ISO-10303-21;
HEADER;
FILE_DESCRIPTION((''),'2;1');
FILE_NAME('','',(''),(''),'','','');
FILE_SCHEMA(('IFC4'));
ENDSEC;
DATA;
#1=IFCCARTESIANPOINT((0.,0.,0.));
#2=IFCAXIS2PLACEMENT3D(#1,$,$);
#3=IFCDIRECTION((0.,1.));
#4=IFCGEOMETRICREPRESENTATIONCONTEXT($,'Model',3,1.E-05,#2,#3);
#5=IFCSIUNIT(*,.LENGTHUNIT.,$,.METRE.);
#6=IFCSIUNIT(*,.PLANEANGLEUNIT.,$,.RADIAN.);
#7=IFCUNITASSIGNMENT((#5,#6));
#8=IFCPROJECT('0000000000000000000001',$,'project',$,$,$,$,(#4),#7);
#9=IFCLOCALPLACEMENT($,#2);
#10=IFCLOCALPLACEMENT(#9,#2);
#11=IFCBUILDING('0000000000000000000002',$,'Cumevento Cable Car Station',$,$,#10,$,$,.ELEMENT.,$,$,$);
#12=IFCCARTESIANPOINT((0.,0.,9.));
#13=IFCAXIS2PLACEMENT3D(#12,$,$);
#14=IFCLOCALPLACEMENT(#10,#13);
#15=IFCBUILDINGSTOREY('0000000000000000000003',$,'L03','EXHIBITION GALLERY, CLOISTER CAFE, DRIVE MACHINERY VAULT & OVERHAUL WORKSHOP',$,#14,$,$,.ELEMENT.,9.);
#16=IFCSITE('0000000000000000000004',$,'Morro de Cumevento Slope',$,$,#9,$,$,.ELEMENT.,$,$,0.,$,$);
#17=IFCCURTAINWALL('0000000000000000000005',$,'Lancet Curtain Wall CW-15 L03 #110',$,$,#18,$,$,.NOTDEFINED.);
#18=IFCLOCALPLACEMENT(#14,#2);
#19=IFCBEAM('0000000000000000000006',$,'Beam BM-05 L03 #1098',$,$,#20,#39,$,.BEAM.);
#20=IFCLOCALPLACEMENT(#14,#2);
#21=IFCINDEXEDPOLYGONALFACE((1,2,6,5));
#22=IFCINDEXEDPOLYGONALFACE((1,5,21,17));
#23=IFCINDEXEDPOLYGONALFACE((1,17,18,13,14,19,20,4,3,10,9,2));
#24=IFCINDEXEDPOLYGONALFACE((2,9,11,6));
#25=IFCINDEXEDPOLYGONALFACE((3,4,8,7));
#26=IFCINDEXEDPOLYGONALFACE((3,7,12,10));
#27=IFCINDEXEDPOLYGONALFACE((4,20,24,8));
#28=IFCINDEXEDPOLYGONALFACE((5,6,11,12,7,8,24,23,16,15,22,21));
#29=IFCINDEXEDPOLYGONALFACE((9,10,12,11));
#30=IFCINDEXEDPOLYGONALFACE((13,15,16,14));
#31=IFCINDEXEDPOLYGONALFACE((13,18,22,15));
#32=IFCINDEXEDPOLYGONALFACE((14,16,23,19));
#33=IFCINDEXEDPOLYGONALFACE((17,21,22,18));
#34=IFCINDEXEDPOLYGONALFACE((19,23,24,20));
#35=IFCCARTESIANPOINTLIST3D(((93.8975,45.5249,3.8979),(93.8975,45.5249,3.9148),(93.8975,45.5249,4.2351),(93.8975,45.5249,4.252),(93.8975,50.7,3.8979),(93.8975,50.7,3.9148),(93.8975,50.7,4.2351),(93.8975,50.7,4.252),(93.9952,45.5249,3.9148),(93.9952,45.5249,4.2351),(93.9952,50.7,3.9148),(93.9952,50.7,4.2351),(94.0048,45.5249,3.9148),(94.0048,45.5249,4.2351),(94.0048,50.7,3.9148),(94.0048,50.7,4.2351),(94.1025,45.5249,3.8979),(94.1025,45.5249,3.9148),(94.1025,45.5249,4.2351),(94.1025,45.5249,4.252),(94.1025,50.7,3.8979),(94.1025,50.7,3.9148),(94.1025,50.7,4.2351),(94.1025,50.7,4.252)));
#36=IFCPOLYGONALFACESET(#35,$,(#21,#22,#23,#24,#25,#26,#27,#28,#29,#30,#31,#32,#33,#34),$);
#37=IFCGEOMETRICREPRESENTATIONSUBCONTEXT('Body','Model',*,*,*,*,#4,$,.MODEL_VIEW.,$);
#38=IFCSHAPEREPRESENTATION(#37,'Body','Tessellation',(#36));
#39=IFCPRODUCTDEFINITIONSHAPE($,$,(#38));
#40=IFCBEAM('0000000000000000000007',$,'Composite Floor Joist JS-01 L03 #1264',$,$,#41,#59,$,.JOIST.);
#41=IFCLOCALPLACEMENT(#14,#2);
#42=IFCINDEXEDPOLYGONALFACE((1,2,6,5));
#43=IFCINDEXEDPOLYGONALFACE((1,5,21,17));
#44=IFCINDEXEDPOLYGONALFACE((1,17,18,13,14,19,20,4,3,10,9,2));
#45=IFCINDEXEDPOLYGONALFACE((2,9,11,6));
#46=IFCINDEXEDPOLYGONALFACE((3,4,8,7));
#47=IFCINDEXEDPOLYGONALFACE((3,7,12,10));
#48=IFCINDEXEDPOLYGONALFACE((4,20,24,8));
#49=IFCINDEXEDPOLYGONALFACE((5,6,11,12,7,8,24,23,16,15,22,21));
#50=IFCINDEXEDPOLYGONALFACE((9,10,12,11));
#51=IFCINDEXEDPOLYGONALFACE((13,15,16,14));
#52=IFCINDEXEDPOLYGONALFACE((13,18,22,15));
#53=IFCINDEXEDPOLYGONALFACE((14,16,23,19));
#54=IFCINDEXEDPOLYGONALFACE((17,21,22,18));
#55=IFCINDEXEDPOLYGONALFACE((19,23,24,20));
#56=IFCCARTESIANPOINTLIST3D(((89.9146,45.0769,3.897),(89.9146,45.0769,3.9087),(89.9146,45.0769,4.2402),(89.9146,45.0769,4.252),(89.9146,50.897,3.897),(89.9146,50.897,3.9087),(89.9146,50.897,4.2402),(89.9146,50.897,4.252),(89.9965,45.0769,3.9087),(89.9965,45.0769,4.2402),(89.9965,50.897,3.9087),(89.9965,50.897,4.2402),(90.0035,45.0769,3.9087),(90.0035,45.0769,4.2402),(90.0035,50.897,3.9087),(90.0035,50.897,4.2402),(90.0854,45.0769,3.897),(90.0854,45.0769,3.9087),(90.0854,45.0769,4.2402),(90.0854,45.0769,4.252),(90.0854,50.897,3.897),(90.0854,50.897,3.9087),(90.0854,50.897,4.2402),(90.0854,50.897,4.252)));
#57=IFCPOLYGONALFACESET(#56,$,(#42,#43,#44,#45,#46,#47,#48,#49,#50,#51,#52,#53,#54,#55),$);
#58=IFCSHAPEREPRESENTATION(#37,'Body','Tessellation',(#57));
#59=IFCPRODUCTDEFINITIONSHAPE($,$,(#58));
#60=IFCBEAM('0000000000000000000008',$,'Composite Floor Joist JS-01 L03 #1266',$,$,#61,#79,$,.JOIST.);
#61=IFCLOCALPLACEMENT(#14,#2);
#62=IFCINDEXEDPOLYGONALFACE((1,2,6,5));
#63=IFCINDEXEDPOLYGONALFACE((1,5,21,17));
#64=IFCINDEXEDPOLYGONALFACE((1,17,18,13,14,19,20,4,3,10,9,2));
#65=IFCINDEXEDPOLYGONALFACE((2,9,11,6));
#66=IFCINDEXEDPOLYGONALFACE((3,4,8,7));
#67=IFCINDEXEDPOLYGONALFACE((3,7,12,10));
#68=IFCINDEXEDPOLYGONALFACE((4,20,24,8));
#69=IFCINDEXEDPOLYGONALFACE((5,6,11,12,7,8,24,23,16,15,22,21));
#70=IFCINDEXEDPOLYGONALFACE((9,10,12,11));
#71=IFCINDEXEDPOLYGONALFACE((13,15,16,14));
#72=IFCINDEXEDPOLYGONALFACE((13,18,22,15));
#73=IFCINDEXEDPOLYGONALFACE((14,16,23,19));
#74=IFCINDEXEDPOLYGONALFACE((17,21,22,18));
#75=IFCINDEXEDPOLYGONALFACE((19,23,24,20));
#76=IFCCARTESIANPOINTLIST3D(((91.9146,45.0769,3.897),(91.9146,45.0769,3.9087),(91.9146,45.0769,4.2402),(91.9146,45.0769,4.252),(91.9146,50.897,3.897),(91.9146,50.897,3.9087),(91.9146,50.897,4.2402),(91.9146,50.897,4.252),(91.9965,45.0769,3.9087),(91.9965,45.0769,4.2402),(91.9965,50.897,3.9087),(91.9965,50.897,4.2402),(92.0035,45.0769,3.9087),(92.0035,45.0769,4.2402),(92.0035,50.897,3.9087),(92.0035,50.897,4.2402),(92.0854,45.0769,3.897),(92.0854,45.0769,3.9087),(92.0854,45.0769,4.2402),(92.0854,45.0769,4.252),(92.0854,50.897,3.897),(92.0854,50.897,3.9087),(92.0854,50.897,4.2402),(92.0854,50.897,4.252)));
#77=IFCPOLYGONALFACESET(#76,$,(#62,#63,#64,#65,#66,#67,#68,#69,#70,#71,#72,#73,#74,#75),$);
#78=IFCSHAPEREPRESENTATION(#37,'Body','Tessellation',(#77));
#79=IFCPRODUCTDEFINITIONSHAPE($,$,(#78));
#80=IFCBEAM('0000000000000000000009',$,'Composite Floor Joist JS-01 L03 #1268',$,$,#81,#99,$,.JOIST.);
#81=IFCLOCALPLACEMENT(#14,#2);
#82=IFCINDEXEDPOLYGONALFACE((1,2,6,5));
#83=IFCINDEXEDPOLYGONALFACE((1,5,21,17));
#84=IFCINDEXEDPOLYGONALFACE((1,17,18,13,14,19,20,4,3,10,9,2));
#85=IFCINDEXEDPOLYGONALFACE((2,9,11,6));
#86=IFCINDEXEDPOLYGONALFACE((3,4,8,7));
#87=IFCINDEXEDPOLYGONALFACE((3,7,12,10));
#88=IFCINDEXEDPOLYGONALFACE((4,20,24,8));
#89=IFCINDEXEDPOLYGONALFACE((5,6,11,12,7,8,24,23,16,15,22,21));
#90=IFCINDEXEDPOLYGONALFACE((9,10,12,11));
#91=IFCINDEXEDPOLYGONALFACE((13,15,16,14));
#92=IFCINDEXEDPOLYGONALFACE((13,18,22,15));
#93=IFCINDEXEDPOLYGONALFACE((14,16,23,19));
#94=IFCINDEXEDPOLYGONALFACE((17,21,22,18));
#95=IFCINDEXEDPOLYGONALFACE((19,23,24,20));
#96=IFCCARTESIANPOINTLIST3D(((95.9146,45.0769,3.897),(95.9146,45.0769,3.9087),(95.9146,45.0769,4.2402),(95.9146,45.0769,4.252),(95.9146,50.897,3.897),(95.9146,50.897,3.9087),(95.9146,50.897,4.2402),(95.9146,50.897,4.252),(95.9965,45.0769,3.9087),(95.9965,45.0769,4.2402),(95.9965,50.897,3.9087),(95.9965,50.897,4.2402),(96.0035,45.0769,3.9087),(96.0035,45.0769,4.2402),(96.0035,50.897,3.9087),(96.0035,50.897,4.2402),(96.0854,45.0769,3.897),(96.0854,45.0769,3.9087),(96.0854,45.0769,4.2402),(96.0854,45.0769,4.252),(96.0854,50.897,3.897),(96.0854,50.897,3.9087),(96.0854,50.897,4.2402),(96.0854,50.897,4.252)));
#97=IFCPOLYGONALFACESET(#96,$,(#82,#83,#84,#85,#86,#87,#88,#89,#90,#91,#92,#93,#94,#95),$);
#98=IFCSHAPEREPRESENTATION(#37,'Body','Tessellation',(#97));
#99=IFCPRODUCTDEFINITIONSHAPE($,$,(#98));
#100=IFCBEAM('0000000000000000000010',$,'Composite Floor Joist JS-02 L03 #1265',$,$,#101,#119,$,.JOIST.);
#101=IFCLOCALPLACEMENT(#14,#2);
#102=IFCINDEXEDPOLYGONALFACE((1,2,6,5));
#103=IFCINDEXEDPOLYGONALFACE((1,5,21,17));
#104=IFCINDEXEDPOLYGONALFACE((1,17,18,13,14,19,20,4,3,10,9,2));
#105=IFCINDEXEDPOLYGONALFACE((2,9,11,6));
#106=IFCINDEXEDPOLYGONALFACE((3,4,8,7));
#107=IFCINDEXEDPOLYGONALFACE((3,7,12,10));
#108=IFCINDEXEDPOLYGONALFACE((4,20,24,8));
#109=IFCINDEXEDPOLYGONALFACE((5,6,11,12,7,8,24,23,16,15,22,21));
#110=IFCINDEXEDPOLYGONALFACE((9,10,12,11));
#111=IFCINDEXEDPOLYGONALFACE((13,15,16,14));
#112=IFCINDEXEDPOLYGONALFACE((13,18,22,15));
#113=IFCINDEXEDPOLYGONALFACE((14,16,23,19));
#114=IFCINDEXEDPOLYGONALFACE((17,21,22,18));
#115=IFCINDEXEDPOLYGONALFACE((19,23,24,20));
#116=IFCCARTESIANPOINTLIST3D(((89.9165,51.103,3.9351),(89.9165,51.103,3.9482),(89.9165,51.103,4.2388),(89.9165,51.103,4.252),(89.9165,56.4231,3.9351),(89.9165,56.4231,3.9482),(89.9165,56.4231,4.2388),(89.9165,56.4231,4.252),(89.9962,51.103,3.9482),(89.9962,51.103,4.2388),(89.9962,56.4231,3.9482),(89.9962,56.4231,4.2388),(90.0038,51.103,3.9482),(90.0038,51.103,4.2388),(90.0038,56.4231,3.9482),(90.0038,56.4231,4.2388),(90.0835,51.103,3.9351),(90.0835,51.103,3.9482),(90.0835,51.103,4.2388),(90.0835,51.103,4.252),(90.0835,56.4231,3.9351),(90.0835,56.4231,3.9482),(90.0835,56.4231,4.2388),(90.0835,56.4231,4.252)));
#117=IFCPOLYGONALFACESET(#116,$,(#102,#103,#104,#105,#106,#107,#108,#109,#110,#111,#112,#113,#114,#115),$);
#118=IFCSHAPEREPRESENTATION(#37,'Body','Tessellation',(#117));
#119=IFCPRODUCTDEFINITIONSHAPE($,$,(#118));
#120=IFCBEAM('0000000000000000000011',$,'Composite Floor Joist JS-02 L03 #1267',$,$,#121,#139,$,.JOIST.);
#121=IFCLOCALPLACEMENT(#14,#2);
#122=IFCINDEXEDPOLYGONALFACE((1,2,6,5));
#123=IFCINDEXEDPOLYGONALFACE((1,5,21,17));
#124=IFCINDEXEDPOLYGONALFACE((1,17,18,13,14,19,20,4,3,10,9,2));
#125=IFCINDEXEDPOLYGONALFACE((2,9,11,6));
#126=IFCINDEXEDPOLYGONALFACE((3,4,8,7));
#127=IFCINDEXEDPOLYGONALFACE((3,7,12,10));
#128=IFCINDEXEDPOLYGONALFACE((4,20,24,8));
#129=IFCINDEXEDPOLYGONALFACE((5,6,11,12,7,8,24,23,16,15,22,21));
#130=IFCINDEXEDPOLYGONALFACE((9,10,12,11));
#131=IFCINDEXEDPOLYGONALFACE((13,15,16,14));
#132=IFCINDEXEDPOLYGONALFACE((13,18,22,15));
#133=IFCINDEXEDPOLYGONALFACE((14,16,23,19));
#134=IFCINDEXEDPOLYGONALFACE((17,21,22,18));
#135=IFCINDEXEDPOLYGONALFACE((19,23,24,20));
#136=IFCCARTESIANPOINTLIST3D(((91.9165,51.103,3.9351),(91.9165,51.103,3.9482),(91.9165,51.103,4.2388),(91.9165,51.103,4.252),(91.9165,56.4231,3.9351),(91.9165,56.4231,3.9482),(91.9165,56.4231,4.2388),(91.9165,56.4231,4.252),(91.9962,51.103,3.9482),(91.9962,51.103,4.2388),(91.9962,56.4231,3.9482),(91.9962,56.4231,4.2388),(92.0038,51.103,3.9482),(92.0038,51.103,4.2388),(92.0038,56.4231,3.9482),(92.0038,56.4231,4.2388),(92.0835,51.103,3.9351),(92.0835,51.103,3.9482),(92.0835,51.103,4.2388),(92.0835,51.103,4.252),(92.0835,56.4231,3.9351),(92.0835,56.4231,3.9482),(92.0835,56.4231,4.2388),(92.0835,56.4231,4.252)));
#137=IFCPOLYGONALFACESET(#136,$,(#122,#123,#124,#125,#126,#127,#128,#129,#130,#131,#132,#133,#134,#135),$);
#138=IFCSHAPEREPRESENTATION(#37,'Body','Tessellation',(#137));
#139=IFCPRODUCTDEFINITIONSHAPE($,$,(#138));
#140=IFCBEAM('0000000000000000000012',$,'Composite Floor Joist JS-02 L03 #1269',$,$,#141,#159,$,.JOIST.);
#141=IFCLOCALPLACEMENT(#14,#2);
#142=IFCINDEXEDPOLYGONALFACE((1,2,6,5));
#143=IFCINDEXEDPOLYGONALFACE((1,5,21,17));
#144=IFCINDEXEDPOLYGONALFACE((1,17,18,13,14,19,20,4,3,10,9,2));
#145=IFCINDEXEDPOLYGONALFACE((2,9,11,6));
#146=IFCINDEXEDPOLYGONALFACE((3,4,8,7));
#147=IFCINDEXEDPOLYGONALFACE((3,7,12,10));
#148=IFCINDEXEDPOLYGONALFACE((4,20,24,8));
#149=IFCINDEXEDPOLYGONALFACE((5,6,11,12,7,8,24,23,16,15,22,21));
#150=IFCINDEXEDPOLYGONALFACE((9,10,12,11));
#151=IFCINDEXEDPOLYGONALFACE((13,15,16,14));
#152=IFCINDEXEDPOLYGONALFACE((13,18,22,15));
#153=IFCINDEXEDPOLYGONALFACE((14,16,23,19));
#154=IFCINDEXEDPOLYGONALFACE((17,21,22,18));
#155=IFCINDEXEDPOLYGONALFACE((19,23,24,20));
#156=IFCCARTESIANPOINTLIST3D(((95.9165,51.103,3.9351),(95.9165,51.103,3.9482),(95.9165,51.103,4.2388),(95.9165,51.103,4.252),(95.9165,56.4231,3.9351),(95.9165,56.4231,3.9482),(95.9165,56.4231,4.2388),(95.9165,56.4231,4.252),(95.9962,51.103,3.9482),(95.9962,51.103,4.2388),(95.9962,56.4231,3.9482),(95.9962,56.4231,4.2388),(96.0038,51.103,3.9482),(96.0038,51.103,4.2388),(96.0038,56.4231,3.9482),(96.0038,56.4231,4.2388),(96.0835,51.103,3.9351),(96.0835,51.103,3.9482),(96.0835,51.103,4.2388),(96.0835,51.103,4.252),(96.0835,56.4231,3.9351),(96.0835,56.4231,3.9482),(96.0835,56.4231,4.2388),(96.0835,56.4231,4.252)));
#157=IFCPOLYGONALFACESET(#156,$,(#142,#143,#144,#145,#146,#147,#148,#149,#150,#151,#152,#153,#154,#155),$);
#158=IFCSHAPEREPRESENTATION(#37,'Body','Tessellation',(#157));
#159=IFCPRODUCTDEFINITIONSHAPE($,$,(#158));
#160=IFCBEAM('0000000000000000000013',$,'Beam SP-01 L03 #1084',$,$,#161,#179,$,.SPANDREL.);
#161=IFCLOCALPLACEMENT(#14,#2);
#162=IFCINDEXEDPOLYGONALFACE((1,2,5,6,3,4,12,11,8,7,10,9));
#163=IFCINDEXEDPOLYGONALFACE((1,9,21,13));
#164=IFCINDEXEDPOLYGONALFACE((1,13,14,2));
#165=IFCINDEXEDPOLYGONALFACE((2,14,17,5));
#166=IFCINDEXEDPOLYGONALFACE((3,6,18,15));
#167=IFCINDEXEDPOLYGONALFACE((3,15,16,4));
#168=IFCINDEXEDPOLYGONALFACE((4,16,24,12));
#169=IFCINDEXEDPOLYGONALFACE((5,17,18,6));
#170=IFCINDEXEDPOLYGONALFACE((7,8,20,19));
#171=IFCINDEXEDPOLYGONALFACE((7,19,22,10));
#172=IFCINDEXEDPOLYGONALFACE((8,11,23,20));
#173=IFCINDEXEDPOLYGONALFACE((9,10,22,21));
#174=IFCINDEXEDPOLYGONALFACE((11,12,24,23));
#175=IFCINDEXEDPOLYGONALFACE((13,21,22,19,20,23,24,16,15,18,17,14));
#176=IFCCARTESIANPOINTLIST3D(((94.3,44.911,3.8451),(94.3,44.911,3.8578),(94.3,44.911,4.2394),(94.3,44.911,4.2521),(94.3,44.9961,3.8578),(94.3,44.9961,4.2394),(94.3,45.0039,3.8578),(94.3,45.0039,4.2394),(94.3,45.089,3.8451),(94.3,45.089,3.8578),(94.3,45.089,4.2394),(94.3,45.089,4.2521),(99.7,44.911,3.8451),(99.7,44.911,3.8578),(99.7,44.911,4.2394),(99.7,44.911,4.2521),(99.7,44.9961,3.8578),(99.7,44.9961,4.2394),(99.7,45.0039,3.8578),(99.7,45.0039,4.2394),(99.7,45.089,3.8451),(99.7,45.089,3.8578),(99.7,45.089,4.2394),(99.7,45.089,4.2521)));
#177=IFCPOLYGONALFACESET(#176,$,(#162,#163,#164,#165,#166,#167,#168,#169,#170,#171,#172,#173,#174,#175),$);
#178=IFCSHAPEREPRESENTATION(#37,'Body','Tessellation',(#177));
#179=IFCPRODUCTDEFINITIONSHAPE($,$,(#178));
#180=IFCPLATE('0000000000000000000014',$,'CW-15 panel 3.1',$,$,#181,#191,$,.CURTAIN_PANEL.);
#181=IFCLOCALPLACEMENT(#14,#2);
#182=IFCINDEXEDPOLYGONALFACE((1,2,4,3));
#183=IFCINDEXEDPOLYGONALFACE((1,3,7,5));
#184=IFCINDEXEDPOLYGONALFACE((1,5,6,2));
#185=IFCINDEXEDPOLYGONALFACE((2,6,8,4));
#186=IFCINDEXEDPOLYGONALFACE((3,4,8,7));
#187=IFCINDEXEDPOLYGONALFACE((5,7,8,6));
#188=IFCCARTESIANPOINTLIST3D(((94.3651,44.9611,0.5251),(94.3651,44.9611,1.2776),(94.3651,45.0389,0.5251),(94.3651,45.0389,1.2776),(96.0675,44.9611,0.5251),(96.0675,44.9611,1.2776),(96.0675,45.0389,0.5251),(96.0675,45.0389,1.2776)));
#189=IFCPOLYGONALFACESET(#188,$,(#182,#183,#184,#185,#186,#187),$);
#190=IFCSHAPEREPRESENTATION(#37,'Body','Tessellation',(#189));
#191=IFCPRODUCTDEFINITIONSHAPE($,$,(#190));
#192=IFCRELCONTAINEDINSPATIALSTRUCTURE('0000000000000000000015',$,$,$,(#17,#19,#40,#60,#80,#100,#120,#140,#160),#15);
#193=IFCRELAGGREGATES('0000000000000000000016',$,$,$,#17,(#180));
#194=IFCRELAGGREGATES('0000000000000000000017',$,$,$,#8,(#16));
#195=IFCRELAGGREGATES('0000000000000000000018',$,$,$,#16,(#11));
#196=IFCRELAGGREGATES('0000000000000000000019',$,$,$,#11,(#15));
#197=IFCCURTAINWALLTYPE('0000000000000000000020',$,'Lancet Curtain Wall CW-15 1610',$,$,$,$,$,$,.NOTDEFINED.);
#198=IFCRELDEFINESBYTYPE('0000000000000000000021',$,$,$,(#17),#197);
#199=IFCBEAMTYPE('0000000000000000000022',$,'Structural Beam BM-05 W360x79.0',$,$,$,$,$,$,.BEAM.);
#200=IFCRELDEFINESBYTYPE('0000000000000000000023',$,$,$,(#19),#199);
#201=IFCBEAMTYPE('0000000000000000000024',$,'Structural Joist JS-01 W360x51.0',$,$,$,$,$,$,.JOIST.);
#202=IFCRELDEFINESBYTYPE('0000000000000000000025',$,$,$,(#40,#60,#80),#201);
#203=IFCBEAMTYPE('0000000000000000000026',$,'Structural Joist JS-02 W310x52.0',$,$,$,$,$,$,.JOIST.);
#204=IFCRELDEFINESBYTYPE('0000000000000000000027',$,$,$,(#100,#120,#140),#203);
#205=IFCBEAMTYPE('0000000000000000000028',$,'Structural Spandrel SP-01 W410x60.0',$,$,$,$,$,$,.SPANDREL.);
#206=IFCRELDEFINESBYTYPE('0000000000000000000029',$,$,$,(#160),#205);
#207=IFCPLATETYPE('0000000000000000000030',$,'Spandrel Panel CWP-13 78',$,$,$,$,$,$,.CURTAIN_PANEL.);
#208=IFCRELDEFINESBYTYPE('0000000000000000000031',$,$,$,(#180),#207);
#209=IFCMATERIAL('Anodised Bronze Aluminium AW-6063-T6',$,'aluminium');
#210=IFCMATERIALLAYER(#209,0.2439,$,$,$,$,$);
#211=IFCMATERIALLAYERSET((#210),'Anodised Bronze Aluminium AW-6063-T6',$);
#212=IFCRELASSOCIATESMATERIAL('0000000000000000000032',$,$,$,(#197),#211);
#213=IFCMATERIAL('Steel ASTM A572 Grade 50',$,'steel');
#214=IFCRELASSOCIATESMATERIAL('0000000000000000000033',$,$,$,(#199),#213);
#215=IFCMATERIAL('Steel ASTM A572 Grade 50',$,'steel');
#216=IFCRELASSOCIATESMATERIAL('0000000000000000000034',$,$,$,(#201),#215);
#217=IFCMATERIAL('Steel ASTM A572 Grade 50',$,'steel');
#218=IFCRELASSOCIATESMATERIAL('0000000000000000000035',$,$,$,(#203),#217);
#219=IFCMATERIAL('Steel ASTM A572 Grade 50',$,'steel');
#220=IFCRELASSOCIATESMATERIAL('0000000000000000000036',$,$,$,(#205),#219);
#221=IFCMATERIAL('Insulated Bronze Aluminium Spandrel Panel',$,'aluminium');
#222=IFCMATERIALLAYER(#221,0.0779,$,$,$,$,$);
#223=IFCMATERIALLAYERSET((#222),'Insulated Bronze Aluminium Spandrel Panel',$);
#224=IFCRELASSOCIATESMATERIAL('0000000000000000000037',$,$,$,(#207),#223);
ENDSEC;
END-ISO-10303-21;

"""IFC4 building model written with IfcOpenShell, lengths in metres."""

from ifc_helpers import new_model, si_unit, direction, frame, origin, origin_2d, place, context, subcontext, project, spatial, rectangle, i_section, extrude, material, layer, layer_set, material_profile, profile_set, type_object, element, aggregate, save


model = new_model("IFC4")

# Units and contexts
model_context = context("Model", 3, precision=1e-05, world=origin(), true_north=direction((0.0, 1.0)))
body_context = subcontext(model_context, "Body", "Model", "MODEL_VIEW")
ifc_project = project(units=[si_unit("LENGTHUNIT", "METRE"), si_unit("PLANEANGLEUNIT", "RADIAN")], contexts=[model_context])

# Site, building, storey
site_placement = place(None, origin())
site = spatial("IfcSite", under=ifc_project, at=site_placement, Name="Morro de Cumevento Slope", CompositionType="ELEMENT", RefElevation=0.0)
building_placement = place(site_placement, origin())
building = spatial("IfcBuilding", under=site, at=building_placement, Name="Cumevento Cable Car Station", CompositionType="ELEMENT")
storey_placement = place(building_placement, frame((0.0, 0.0, 9.0)))
storey = spatial("IfcBuildingStorey", under=building, at=storey_placement, Name="L03", Description="EXHIBITION GALLERY, CLOISTER CAFE, DRIVE MACHINERY VAULT & OVERHAUL WORKSHOP", CompositionType="ELEMENT", Elevation=9.0)

# Curtain wall
ifc_material_1 = material(Name="Anodised Bronze Aluminium AW-6063-T6", Category="aluminium")
ifc_layer_1 = layer(ifc_material_1, 0.2439)
ifc_layer_set_1 = layer_set([ifc_layer_1], Name="Anodised Bronze Aluminium AW-6063-T6")
curtain_wall_type = type_object("IfcCurtainWallType", Name="Lancet Curtain Wall CW-15 1610", PredefinedType="NOTDEFINED", material=ifc_layer_set_1)
curtain_wall_placement = place(storey_placement, origin())
curtain_wall = element("IfcCurtainWall", 1, at=curtain_wall_placement, inside=storey, type_object=curtain_wall_type, Name="Lancet Curtain Wall CW-15 L03 #110", PredefinedType="NOTDEFINED")

# Beams
ifc_material_2 = material(Name="Steel ASTM A572 Grade 50", Category="steel")
ifc_material_profile_1 = material_profile(ifc_material_2, i_section(OverallWidth=0.2051, OverallDepth=0.354, WebThickness=0.0095, FlangeThickness=0.0168, at=origin_2d()), Name="W360x79.0")
ifc_profile_set_1 = profile_set([ifc_material_profile_1], Name="Steel ASTM A572 Grade 50")
beam_type_1 = type_object("IfcBeamType", Name="Structural Beam BM-05 W360x79.0", PredefinedType="BEAM", material=ifc_profile_set_1)
beam_1_placement = place(storey_placement, frame((94.0, 45.5249, 4.075), z_axis=(0.0, 1.0, 0.0), x_axis=(-1.0, 0.0, 0.0)))
element("IfcBeam", 2, at=beam_1_placement, inside=storey, type_object=beam_type_1, Name="Beam BM-05 L03 #1098", PredefinedType="BEAM", context=body_context, shape_type="SweptSolid", body=[
    extrude(i_section(OverallWidth=0.2051, OverallDepth=0.354, WebThickness=0.0095, FlangeThickness=0.0168, at=origin_2d()), origin(), (0.0, 0.0, 1.0), 5.175),
])
ifc_material_3 = material(Name="Steel ASTM A572 Grade 50", Category="steel")
ifc_material_profile_2 = material_profile(ifc_material_3, i_section(OverallWidth=0.1709, OverallDepth=0.355, WebThickness=0.0071, FlangeThickness=0.0117, at=origin_2d()), Name="W360x51.0")
ifc_profile_set_2 = profile_set([ifc_material_profile_2], Name="Steel ASTM A572 Grade 50")
beam_type_2 = type_object("IfcBeamType", Name="Structural Joist JS-01 W360x51.0", PredefinedType="JOIST", material=ifc_profile_set_2)
for number, where, z_axis, x_axis, name in (
    (3, (90.0, 45.0769, 4.0745), (0.0, 1.0, 0.0), (-1.0, 0.0, 0.0), "Composite Floor Joist JS-01 L03 #1264"),
    (4, (92.0, 45.0769, 4.0745), (0.0, 1.0, 0.0), (-1.0, 0.0, 0.0), "Composite Floor Joist JS-01 L03 #1266"),
    (5, (96.0, 45.0769, 4.0745), (0.0, 1.0, 0.0), (-1.0, 0.0, 0.0), "Composite Floor Joist JS-01 L03 #1268"),
):
    element("IfcBeam", number, at=place(storey_placement, frame(where, z_axis=z_axis, x_axis=x_axis)), inside=storey, type_object=beam_type_2, Name=name, PredefinedType="JOIST", context=body_context, shape_type="SweptSolid", body=[
        extrude(i_section(OverallWidth=0.1709, OverallDepth=0.355, WebThickness=0.0071, FlangeThickness=0.0117, at=origin_2d()), origin(), (0.0, 0.0, 1.0), 5.8201),
    ])
ifc_material_4 = material(Name="Steel ASTM A572 Grade 50", Category="steel")
ifc_material_profile_3 = material_profile(ifc_material_4, i_section(OverallWidth=0.167, OverallDepth=0.3169, WebThickness=0.0076, FlangeThickness=0.0132, at=origin_2d()), Name="W310x52.0")
ifc_profile_set_3 = profile_set([ifc_material_profile_3], Name="Steel ASTM A572 Grade 50")
beam_type_3 = type_object("IfcBeamType", Name="Structural Joist JS-02 W310x52.0", PredefinedType="JOIST", material=ifc_profile_set_3)
for number, where, z_axis, x_axis, name in (
    (6, (90.0, 51.103, 4.0935), (0.0, 1.0, 0.0), (-1.0, 0.0, 0.0), "Composite Floor Joist JS-02 L03 #1265"),
    (7, (92.0, 51.103, 4.0935), (0.0, 1.0, 0.0), (-1.0, 0.0, 0.0), "Composite Floor Joist JS-02 L03 #1267"),
    (8, (96.0, 51.103, 4.0935), (0.0, 1.0, 0.0), (-1.0, 0.0, 0.0), "Composite Floor Joist JS-02 L03 #1269"),
):
    element("IfcBeam", number, at=place(storey_placement, frame(where, z_axis=z_axis, x_axis=x_axis)), inside=storey, type_object=beam_type_3, Name=name, PredefinedType="JOIST", context=body_context, shape_type="SweptSolid", body=[
        extrude(i_section(OverallWidth=0.167, OverallDepth=0.3169, WebThickness=0.0076, FlangeThickness=0.0132, at=origin_2d()), origin(), (0.0, 0.0, 1.0), 5.3201),
    ])
ifc_material_5 = material(Name="Steel ASTM A572 Grade 50", Category="steel")
ifc_material_profile_4 = material_profile(ifc_material_5, i_section(OverallWidth=0.178, OverallDepth=0.407, WebThickness=0.0078, FlangeThickness=0.0127, at=origin_2d()), Name="W410x60.0")
ifc_profile_set_4 = profile_set([ifc_material_profile_4], Name="Steel ASTM A572 Grade 50")
beam_type_4 = type_object("IfcBeamType", Name="Structural Spandrel SP-01 W410x60.0", PredefinedType="SPANDREL", material=ifc_profile_set_4)
beam_2_placement = place(storey_placement, frame((94.3, 45.0, 4.0486), z_axis=(1.0, 0.0, 0.0), x_axis=(0.0, 1.0, 0.0)))
element("IfcBeam", 9, at=beam_2_placement, inside=storey, type_object=beam_type_4, Name="Beam SP-01 L03 #1084", PredefinedType="SPANDREL", context=body_context, shape_type="SweptSolid", body=[
    extrude(i_section(OverallWidth=0.178, OverallDepth=0.407, WebThickness=0.0078, FlangeThickness=0.0127, at=origin_2d()), origin(), (0.0, 0.0, 1.0), 5.3999),
])

# Plate
ifc_material_6 = material(Name="Insulated Bronze Aluminium Spandrel Panel", Category="aluminium")
ifc_layer_2 = layer(ifc_material_6, 0.0779)
ifc_layer_set_2 = layer_set([ifc_layer_2], Name="Insulated Bronze Aluminium Spandrel Panel")
plate_type = type_object("IfcPlateType", Name="Spandrel Panel CWP-13 78", PredefinedType="CURTAIN_PANEL", material=ifc_layer_set_2)
plate_1_placement = place(storey_placement, frame((95.2163, 45.0, 0.5251), z_axis=(0.0, 0.0, 1.0), x_axis=(-1.0, 0.0, 0.0)))
plate_1 = element("IfcPlate", 10, at=plate_1_placement, type_object=plate_type, Name="CW-15 panel 3.1", PredefinedType="CURTAIN_PANEL", context=body_context, shape_type="SweptSolid", body=[
    extrude(rectangle(XDim=1.7024, YDim=0.0779, at=origin_2d()), origin(), (0.0, 0.0, 1.0), 0.7524),
])
aggregate(curtain_wall, [plate_1])

save(model, "model.ifc")
